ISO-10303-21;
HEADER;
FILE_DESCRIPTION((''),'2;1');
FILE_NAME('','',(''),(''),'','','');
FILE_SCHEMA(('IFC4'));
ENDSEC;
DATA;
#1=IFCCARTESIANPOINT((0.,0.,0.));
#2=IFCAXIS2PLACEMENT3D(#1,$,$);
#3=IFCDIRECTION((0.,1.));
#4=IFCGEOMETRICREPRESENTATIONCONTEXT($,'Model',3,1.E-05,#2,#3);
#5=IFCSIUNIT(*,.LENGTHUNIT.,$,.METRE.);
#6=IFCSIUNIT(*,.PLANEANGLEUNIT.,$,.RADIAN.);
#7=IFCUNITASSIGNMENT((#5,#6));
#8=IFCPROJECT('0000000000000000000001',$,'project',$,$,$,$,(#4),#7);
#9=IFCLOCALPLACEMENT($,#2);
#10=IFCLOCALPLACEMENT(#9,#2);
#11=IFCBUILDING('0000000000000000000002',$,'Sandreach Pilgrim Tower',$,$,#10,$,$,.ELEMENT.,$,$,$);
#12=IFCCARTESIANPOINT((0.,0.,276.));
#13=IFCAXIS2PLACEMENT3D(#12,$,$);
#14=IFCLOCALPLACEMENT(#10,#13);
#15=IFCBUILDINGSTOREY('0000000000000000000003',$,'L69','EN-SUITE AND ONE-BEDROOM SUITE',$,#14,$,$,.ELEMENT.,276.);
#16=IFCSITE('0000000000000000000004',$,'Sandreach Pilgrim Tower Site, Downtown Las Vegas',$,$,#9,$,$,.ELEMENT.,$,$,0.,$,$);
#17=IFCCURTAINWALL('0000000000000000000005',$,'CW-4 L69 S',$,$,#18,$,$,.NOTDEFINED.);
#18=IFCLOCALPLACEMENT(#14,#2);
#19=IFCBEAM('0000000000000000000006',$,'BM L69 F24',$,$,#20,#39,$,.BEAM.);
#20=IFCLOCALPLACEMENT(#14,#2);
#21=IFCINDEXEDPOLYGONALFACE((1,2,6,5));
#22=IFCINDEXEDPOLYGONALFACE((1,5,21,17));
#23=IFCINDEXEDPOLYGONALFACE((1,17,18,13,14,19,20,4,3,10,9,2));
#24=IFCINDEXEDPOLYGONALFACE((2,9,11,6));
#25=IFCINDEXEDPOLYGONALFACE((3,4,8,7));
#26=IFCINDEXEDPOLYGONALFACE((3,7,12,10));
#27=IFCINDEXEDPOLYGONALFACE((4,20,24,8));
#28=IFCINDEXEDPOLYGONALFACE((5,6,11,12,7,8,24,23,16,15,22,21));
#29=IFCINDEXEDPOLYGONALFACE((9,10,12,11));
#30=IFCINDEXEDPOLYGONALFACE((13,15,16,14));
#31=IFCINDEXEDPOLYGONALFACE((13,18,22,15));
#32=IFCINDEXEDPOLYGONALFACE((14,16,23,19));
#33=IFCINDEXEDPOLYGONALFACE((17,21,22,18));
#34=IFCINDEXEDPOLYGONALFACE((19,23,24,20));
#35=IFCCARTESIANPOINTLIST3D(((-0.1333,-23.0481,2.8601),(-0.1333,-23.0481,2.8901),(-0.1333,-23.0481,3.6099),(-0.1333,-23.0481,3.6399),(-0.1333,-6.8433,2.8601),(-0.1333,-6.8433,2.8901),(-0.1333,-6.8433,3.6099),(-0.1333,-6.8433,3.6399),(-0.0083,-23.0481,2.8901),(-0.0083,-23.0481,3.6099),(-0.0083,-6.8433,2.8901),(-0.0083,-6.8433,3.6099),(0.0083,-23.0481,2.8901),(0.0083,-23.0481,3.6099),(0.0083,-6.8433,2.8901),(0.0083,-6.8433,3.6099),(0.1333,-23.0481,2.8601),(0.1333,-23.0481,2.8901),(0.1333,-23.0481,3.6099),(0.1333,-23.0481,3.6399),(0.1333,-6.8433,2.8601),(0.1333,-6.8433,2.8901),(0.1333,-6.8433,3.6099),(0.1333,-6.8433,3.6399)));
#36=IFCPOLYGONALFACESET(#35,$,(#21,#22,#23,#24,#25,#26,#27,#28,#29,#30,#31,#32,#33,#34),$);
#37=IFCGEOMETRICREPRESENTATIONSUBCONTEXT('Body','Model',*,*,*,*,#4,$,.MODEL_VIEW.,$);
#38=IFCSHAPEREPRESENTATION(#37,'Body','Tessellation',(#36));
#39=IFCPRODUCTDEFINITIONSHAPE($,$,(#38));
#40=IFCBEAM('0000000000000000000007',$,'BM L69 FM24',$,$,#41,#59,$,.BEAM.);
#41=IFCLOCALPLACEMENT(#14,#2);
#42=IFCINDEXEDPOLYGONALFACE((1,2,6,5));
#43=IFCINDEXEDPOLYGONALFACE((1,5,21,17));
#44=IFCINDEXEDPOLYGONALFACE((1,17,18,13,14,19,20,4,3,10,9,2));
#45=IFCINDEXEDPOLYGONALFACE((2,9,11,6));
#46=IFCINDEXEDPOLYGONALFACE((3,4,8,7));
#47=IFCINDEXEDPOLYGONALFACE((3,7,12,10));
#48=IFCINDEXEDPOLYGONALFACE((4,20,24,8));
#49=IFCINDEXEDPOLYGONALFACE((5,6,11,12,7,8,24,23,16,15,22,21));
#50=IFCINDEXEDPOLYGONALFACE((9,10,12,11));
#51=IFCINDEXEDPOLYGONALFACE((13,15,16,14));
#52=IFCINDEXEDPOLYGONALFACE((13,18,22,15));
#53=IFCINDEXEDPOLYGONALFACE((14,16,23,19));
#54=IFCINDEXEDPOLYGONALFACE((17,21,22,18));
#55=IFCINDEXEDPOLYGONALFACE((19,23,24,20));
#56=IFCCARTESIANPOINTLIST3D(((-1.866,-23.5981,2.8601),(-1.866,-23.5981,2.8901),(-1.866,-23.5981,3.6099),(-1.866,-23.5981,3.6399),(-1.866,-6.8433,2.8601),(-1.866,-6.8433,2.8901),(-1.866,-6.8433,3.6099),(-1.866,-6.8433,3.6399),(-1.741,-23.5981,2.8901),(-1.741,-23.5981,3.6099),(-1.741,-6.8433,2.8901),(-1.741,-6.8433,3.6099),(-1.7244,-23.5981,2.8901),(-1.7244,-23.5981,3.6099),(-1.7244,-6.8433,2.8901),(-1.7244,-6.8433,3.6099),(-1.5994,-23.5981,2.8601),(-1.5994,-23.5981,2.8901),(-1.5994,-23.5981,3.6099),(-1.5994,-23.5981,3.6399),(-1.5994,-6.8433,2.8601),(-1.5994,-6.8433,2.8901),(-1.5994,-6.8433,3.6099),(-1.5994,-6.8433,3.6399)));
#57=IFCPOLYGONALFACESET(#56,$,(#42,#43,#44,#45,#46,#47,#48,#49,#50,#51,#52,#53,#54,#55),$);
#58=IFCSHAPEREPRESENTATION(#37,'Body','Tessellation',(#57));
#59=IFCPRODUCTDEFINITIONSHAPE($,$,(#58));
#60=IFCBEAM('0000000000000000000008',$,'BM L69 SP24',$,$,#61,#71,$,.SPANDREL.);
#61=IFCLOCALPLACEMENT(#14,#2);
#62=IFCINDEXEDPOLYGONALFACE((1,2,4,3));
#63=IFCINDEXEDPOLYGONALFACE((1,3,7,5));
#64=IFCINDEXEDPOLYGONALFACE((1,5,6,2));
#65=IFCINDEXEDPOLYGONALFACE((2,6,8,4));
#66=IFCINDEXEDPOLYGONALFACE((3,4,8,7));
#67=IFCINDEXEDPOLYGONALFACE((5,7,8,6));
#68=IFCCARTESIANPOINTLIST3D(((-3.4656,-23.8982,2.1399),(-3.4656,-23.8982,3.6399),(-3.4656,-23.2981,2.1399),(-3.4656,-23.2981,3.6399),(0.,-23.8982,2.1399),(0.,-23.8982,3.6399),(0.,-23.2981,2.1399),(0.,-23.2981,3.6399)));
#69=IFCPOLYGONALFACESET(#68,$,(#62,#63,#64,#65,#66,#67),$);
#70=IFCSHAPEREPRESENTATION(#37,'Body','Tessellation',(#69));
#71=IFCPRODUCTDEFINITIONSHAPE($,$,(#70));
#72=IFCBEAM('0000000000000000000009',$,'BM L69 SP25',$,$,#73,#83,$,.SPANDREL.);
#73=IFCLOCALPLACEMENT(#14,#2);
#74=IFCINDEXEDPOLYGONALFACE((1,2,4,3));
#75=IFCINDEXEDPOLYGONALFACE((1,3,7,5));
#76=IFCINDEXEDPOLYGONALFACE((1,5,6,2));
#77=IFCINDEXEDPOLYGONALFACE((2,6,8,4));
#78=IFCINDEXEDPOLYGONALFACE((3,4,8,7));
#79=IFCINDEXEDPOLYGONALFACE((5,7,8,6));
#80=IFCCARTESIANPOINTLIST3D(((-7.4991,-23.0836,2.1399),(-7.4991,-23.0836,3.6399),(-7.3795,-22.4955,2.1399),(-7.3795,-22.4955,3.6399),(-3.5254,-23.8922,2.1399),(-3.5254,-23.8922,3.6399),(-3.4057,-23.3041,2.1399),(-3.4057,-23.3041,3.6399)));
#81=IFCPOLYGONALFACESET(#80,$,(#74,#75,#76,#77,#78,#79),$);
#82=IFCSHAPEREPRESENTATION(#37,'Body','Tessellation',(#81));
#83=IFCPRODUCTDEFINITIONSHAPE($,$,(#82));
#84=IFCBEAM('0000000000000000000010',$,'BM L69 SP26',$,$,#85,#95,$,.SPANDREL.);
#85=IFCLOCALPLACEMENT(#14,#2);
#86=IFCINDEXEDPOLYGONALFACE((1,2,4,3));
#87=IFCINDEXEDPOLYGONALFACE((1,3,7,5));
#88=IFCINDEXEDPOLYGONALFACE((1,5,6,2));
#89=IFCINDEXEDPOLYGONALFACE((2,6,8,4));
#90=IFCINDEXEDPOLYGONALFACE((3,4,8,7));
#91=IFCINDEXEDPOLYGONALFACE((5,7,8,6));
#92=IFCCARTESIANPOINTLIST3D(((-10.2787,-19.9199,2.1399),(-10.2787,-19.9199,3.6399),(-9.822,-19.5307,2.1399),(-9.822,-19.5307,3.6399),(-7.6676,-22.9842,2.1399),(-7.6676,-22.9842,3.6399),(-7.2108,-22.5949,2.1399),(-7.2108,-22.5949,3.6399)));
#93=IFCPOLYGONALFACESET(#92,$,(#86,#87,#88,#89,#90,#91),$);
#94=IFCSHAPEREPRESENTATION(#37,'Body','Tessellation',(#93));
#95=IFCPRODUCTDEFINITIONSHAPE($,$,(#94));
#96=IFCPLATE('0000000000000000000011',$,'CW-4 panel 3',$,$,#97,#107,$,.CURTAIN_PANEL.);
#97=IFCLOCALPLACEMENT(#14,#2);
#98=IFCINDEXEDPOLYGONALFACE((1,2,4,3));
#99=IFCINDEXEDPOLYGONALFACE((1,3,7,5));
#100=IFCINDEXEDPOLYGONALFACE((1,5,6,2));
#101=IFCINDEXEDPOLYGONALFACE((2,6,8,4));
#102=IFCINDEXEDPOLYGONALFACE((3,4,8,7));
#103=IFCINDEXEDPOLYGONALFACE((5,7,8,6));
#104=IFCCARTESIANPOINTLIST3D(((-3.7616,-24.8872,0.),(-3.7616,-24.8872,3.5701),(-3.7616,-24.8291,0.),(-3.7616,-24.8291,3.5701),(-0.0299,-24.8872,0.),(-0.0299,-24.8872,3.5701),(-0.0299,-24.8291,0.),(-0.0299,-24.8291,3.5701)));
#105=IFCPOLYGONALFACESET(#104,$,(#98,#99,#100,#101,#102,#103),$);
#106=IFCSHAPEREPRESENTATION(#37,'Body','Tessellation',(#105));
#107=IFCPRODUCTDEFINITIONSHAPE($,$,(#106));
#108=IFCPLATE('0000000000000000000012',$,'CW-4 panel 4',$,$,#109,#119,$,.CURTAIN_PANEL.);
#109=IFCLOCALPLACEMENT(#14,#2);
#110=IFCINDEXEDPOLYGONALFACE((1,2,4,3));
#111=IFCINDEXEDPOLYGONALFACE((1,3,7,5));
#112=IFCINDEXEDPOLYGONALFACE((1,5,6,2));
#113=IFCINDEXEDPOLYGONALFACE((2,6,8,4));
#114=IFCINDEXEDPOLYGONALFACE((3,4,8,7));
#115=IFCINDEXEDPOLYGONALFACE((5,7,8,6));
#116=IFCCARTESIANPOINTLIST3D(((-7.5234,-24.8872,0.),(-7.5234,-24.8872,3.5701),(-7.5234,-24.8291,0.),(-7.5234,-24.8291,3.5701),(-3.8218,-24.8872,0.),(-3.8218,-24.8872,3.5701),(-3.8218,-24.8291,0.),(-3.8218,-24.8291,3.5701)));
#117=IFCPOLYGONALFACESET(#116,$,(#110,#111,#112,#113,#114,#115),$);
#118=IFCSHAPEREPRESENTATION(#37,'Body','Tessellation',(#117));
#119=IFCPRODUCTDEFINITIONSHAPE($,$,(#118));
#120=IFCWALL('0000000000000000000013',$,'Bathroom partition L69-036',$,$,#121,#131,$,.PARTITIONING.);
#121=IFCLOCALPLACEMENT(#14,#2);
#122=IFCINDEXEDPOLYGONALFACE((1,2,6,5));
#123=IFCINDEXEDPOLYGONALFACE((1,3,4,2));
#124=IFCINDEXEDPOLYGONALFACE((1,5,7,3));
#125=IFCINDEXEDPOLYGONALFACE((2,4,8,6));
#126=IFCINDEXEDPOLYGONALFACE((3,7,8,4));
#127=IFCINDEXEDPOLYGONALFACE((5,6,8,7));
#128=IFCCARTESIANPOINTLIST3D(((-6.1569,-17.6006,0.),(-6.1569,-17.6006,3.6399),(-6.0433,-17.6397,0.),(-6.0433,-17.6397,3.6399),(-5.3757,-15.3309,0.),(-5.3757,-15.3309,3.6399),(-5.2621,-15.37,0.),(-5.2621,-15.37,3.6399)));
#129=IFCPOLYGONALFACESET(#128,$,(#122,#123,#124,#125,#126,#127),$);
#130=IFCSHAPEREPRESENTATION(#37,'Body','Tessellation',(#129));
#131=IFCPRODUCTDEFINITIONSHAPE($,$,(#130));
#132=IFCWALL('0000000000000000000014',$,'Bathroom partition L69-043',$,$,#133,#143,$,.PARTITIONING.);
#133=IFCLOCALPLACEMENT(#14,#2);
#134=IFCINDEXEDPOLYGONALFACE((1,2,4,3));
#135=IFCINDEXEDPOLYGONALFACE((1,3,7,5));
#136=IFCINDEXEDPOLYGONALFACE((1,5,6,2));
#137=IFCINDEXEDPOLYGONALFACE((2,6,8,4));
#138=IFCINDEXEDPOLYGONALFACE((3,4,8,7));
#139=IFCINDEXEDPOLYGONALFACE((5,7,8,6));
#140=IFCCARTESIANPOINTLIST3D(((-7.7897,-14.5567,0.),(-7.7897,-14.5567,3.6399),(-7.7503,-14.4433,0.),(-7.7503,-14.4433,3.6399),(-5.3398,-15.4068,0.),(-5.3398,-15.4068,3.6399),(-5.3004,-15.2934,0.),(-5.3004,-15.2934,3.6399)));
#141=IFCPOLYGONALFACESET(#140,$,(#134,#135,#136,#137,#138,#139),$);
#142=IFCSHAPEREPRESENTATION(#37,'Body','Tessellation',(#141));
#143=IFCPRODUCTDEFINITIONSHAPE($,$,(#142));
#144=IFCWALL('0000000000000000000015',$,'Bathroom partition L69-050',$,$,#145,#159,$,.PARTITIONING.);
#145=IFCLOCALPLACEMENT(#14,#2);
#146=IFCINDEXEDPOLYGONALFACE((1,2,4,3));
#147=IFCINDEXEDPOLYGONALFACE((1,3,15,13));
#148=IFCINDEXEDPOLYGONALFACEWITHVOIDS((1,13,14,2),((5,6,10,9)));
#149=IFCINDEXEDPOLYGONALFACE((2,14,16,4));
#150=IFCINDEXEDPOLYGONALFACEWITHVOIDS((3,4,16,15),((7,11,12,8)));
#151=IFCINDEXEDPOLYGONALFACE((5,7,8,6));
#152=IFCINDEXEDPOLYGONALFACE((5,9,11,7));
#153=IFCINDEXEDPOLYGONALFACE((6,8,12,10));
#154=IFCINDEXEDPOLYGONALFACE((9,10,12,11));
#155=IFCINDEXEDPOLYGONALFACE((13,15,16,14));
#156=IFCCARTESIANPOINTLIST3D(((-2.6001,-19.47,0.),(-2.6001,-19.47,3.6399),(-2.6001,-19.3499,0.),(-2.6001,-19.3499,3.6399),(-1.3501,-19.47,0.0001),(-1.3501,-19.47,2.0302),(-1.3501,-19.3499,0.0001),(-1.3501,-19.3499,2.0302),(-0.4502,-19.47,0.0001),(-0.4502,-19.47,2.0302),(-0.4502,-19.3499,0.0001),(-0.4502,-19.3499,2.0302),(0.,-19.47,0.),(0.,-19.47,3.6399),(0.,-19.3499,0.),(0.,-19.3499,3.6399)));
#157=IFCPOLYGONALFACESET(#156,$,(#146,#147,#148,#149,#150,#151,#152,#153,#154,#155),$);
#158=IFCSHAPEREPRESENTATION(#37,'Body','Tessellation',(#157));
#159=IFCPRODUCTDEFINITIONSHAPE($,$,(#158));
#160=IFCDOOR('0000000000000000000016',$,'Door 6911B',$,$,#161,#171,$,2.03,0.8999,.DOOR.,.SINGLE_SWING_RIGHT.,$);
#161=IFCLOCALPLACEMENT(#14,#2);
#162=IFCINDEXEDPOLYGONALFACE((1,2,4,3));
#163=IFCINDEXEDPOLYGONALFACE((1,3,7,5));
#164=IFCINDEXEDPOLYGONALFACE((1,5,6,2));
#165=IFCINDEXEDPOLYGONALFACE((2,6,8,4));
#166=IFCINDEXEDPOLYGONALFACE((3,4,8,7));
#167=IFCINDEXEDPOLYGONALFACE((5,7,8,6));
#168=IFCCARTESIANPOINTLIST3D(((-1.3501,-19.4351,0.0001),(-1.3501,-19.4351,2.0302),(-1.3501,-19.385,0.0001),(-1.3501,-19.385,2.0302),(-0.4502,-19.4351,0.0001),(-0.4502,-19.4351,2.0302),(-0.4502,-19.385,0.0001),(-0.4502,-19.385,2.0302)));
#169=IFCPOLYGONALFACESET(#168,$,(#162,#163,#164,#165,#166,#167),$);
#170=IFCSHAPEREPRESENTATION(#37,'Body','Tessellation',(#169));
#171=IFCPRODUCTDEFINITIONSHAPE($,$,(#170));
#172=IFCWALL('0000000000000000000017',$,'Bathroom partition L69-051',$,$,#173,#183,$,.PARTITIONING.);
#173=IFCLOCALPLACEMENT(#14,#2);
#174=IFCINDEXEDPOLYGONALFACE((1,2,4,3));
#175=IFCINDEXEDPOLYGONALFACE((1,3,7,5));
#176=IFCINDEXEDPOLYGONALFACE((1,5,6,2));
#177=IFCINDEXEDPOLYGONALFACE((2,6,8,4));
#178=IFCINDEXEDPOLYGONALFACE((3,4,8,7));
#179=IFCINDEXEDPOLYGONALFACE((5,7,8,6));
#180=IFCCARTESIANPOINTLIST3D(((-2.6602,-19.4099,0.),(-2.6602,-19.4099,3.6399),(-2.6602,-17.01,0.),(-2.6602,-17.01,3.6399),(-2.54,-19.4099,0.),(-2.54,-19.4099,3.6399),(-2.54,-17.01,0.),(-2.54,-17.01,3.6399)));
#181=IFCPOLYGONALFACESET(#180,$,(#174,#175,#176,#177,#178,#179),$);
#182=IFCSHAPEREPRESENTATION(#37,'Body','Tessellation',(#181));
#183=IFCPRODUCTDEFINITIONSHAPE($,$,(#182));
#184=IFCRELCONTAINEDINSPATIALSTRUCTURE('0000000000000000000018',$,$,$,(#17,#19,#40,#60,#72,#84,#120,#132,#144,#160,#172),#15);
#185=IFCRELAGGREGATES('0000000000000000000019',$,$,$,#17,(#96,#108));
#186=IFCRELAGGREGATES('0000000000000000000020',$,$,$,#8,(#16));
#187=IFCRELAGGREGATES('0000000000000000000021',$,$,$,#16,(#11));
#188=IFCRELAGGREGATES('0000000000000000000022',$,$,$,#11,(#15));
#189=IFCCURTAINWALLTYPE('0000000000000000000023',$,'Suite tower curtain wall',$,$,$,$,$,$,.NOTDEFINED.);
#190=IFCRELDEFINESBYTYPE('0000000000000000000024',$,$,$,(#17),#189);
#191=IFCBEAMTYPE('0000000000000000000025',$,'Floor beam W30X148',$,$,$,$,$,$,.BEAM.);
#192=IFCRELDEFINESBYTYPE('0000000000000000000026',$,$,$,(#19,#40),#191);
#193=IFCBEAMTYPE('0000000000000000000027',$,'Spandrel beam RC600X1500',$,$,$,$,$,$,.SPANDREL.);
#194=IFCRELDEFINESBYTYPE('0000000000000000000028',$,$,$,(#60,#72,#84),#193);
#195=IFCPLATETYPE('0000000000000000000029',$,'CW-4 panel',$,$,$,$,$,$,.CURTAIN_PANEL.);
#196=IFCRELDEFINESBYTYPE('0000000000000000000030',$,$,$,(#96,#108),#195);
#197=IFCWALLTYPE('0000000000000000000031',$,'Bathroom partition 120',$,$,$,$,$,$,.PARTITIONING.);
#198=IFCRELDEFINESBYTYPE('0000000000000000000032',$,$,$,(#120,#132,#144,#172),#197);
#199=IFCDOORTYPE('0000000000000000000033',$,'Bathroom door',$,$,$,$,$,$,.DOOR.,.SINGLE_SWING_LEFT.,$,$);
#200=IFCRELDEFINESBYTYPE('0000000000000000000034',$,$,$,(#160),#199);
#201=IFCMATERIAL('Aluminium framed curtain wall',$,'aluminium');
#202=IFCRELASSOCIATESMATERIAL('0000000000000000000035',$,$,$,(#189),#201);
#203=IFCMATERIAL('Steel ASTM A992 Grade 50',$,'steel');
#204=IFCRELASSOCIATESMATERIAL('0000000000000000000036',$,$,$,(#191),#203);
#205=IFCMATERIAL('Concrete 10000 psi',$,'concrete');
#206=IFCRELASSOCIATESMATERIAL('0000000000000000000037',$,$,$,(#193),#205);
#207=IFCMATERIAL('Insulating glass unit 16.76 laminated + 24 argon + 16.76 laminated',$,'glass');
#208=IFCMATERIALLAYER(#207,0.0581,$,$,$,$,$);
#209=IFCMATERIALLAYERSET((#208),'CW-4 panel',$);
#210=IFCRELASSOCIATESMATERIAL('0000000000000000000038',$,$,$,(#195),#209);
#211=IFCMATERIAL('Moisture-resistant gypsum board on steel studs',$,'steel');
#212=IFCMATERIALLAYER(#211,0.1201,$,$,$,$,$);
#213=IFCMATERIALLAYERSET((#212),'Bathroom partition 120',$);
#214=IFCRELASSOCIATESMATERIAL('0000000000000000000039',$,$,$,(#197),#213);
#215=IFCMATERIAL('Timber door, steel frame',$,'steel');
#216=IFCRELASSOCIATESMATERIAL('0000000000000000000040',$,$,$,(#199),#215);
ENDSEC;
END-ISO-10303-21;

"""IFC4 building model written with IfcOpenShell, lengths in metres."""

from ifc_helpers import new_model, si_unit, direction, frame, frame_2d, origin, origin_2d, place, context, subcontext, project, spatial, rectangle, i_section, extrude, material, layer, layer_set, material_profile, profile_set, type_object, element, fill, aggregate, save


model = new_model("IFC4")

# Units and contexts
model_context = context("Model", 3, precision=1e-05, world=origin(), true_north=direction((0.0, 1.0)))
body_context = subcontext(model_context, "Body", "Model", "MODEL_VIEW")
ifc_project = project(units=[si_unit("LENGTHUNIT", "METRE"), si_unit("PLANEANGLEUNIT", "RADIAN")], contexts=[model_context])

# Site, building, storey
site_placement = place(None, origin())
site = spatial("IfcSite", under=ifc_project, at=site_placement, Name="Sandreach Pilgrim Tower Site, Downtown Las Vegas", CompositionType="ELEMENT", RefElevation=0.0)
building_placement = place(site_placement, origin())
building = spatial("IfcBuilding", under=site, at=building_placement, Name="Sandreach Pilgrim Tower", CompositionType="ELEMENT")
storey_placement = place(building_placement, frame((0.0, 0.0, 276.0)))
storey = spatial("IfcBuildingStorey", under=building, at=storey_placement, Name="L69", Description="EN-SUITE AND ONE-BEDROOM SUITE", CompositionType="ELEMENT", Elevation=276.0)

# Curtain wall
ifc_material_1 = material(Name="Aluminium framed curtain wall", Category="aluminium")
curtain_wall_type = type_object("IfcCurtainWallType", Name="Suite tower curtain wall", PredefinedType="NOTDEFINED", material=ifc_material_1)
curtain_wall_placement = place(storey_placement, origin())
curtain_wall = element("IfcCurtainWall", 1, at=curtain_wall_placement, inside=storey, type_object=curtain_wall_type, Name="CW-4 L69 S", PredefinedType="NOTDEFINED")

# Beams
ifc_material_2 = material(Name="Steel ASTM A992 Grade 50", Category="steel")
ifc_material_profile_1 = material_profile(ifc_material_2, i_section(OverallWidth=0.2666, OverallDepth=0.7798, WebThickness=0.0166, FlangeThickness=0.03, at=origin_2d()), Name="W30X148")
ifc_profile_set_1 = profile_set([ifc_material_profile_1], Name="Steel ASTM A992 Grade 50")
beam_type_1 = type_object("IfcBeamType", Name="Floor beam W30X148", PredefinedType="BEAM", material=ifc_profile_set_1)
beam_1_placement = place(storey_placement, frame((0.0, -23.0481, 3.25), z_axis=(0.0, 1.0, 0.0), x_axis=(-1.0, 0.0, 0.0)))
element("IfcBeam", 2, at=beam_1_placement, inside=storey, type_object=beam_type_1, Name="BM L69 F24", PredefinedType="BEAM", context=body_context, shape_type="SweptSolid", body=[
    extrude(i_section(OverallWidth=0.2666, OverallDepth=0.7798, WebThickness=0.0166, FlangeThickness=0.03, at=origin_2d()), origin(), (0.0, 0.0, 1.0), 16.2048),
])
beam_2_placement = place(storey_placement, frame((-1.7327, -23.5981, 3.25), z_axis=(0.0, 1.0, 0.0), x_axis=(-1.0, 0.0, 0.0)))
element("IfcBeam", 3, at=beam_2_placement, inside=storey, type_object=beam_type_1, Name="BM L69 FM24", PredefinedType="BEAM", context=body_context, shape_type="SweptSolid", body=[
    extrude(i_section(OverallWidth=0.2666, OverallDepth=0.7798, WebThickness=0.0166, FlangeThickness=0.03, at=origin_2d()), origin(), (0.0, 0.0, 1.0), 16.7549),
])
ifc_material_3 = material(Name="Concrete 10000 psi", Category="concrete")
ifc_material_profile_2 = material_profile(ifc_material_3, rectangle(XDim=0.6001, YDim=1.5, at=origin_2d()), Name="RC600X1500")
ifc_profile_set_2 = profile_set([ifc_material_profile_2], Name="Concrete 10000 psi")
beam_type_2 = type_object("IfcBeamType", Name="Spandrel beam RC600X1500", PredefinedType="SPANDREL", material=ifc_profile_set_2)
beam_3_placement = place(storey_placement, frame((0.0, -23.5981, 2.8899), z_axis=(-1.0, 0.0, 0.0), x_axis=(0.0, -1.0, 0.0)))
element("IfcBeam", 4, at=beam_3_placement, inside=storey, type_object=beam_type_2, Name="BM L69 SP24", PredefinedType="SPANDREL", context=body_context, shape_type="SweptSolid", body=[
    extrude(rectangle(XDim=0.6001, YDim=1.5, at=origin_2d()), origin(), (0.0, 0.0, 1.0), 3.4656),
])
beam_4_placement = place(storey_placement, frame((-3.4656, -23.5981, 2.8899), z_axis=(-0.979918, 0.199403, 0.0), x_axis=(-0.199403, -0.979918, 0.0)))
element("IfcBeam", 5, at=beam_4_placement, inside=storey, type_object=beam_type_2, Name="BM L69 SP25", PredefinedType="SPANDREL", context=body_context, shape_type="SweptSolid", body=[
    extrude(rectangle(XDim=0.6001, YDim=1.5, at=origin_2d()), origin(), (0.0, 0.0, 1.0), 4.0552),
])
beam_5_placement = place(storey_placement, frame((-7.4392, -22.7896, 2.8899), z_axis=(-0.648586, 0.761141, 0.0), x_axis=(-0.761141, -0.648586, 0.0)))
element("IfcBeam", 6, at=beam_5_placement, inside=storey, type_object=beam_type_2, Name="BM L69 SP26", PredefinedType="SPANDREL", context=body_context, shape_type="SweptSolid", body=[
    extrude(rectangle(XDim=0.6001, YDim=1.5, at=origin_2d()), origin(), (0.0, 0.0, 1.0), 4.0259),
])

# Plates
ifc_material_4 = material(Name="Insulating glass unit 16.76 laminated + 24 argon + 16.76 laminated", Category="glass")
ifc_layer_1 = layer(ifc_material_4, 0.0581)
ifc_layer_set_1 = layer_set([ifc_layer_1], Name="CW-4 panel")
plate_type = type_object("IfcPlateType", Name="CW-4 panel", PredefinedType="CURTAIN_PANEL", material=ifc_layer_set_1)
plate_1_placement = place(storey_placement, frame((-1.8958, -24.8582, 0.0), z_axis=(0.0, 0.0, 1.0), x_axis=(-1.0, 0.0, 0.0)))
plate_1 = element("IfcPlate", 7, at=plate_1_placement, type_object=plate_type, Name="CW-4 panel 3", PredefinedType="CURTAIN_PANEL", context=body_context, shape_type="SweptSolid", body=[
    extrude(rectangle(XDim=3.7317, YDim=0.0581, at=origin_2d()), origin(), (0.0, 0.0, 1.0), 3.5701),
])
plate_2_placement = place(storey_placement, frame((-5.6726, -24.8582, 0.0), z_axis=(0.0, 0.0, 1.0), x_axis=(-1.0, 0.0, 0.0)))
plate_2 = element("IfcPlate", 8, at=plate_2_placement, type_object=plate_type, Name="CW-4 panel 4", PredefinedType="CURTAIN_PANEL", context=body_context, shape_type="SweptSolid", body=[
    extrude(rectangle(XDim=3.7017, YDim=0.0581, at=origin_2d()), origin(), (0.0, 0.0, 1.0), 3.5701),
])
aggregate(curtain_wall, [plate_1, plate_2])

# Walls
ifc_material_5 = material(Name="Moisture-resistant gypsum board on steel studs", Category="steel")
ifc_layer_2 = layer(ifc_material_5, 0.1201)
ifc_layer_set_2 = layer_set([ifc_layer_2], Name="Bathroom partition 120")
wall_type_1 = type_object("IfcWallType", Name="Bathroom partition 120", PredefinedType="PARTITIONING", material=ifc_layer_set_2)
wall_1_placement = place(storey_placement, frame((-6.1001, -17.6201, 0.0), z_axis=(0.0, 0.0, 1.0), x_axis=(0.325458, 0.945557, 0.0)))
element("IfcWall", 9, at=wall_1_placement, inside=storey, type_object=wall_type_1, Name="Bathroom partition L69-036", PredefinedType="PARTITIONING", context=body_context, shape_type="SweptSolid", body=[
    extrude(rectangle(XDim=2.4004, YDim=0.1201, at=frame_2d((1.2002, 0.0))), origin(), (0.0, 0.0, 1.0), 3.6399),
])
wall_2_placement = place(storey_placement, frame((-5.3201, -15.3501, 0.0), z_axis=(0.0, 0.0, 1.0), x_axis=(-0.944743, 0.327812, 0.0)))
element("IfcWall", 10, at=wall_2_placement, inside=storey, type_object=wall_type_1, Name="Bathroom partition L69-043", PredefinedType="PARTITIONING", context=body_context, shape_type="SweptSolid", body=[
    extrude(rectangle(XDim=2.5933, YDim=0.1201, at=frame_2d((1.2966, 0.0))), origin(), (0.0, 0.0, 1.0), 3.6399),
])

# Wall, opening, door
wall_3_placement = place(storey_placement, frame((-2.6001, -19.4099, 0.0), z_axis=(0.0, 0.0, 1.0), x_axis=(1.0, 0.0, 0.0)))
wall_3 = element("IfcWall", 11, at=wall_3_placement, inside=storey, type_object=wall_type_1, Name="Bathroom partition L69-050", PredefinedType="PARTITIONING", context=body_context, shape_type="SweptSolid", body=[
    extrude(rectangle(XDim=2.6001, YDim=0.1201, at=frame_2d((1.3, 0.0))), origin(), (0.0, 0.0, 1.0), 3.6399),
])
opening_1_placement = place(wall_3_placement, frame((1.25, 0.0, 0.0)))
opening_1 = element("IfcOpeningElement", 12, at=opening_1_placement, cuts=wall_3, PredefinedType="OPENING", context=body_context, shape_type="SweptSolid", body=[
    extrude(rectangle(XDim=0.8999, YDim=2.03, at=frame_2d((0.45, 1.0151))), frame((0.0, 0.0601, 0.0), z_axis=(0.0, -1.0, 0.0), x_axis=(1.0, 0.0, 0.0)), (0.0, 0.0, 1.0), 0.1201),
])
ifc_material_6 = material(Name="Timber door, steel frame", Category="steel")
door_type_1 = type_object("IfcDoorType", Name="Bathroom door", OperationType="SINGLE_SWING_LEFT", PredefinedType="DOOR", material=ifc_material_6)
door_1_placement = place(opening_1_placement, origin())
door_1 = element("IfcDoor", 13, at=door_1_placement, inside=storey, type_object=door_type_1, Name="Door 6911B", OperationType="SINGLE_SWING_RIGHT", OverallHeight=2.03, OverallWidth=0.8999, PredefinedType="DOOR", context=body_context, shape_type="SweptSolid", body=[
    extrude(rectangle(XDim=0.8999, YDim=2.03, at=frame_2d((0.45, 1.0151))), frame((0.0, 0.0249, 0.0), z_axis=(0.0, -1.0, 0.0), x_axis=(1.0, 0.0, 0.0)), (0.0, 0.0, 1.0), 0.05),
])
fill(opening_1, door_1)

# Wall
wall_4_placement = place(storey_placement, frame((-2.6001, -17.01, 0.0), z_axis=(0.0, 0.0, 1.0), x_axis=(0.0, -1.0, 0.0)))
element("IfcWall", 14, at=wall_4_placement, inside=storey, type_object=wall_type_1, Name="Bathroom partition L69-051", PredefinedType="PARTITIONING", context=body_context, shape_type="SweptSolid", body=[
    extrude(rectangle(XDim=2.3999, YDim=0.1201, at=frame_2d((1.2, 0.0))), origin(), (0.0, 0.0, 1.0), 3.6399),
])

save(model, "model.ifc")
